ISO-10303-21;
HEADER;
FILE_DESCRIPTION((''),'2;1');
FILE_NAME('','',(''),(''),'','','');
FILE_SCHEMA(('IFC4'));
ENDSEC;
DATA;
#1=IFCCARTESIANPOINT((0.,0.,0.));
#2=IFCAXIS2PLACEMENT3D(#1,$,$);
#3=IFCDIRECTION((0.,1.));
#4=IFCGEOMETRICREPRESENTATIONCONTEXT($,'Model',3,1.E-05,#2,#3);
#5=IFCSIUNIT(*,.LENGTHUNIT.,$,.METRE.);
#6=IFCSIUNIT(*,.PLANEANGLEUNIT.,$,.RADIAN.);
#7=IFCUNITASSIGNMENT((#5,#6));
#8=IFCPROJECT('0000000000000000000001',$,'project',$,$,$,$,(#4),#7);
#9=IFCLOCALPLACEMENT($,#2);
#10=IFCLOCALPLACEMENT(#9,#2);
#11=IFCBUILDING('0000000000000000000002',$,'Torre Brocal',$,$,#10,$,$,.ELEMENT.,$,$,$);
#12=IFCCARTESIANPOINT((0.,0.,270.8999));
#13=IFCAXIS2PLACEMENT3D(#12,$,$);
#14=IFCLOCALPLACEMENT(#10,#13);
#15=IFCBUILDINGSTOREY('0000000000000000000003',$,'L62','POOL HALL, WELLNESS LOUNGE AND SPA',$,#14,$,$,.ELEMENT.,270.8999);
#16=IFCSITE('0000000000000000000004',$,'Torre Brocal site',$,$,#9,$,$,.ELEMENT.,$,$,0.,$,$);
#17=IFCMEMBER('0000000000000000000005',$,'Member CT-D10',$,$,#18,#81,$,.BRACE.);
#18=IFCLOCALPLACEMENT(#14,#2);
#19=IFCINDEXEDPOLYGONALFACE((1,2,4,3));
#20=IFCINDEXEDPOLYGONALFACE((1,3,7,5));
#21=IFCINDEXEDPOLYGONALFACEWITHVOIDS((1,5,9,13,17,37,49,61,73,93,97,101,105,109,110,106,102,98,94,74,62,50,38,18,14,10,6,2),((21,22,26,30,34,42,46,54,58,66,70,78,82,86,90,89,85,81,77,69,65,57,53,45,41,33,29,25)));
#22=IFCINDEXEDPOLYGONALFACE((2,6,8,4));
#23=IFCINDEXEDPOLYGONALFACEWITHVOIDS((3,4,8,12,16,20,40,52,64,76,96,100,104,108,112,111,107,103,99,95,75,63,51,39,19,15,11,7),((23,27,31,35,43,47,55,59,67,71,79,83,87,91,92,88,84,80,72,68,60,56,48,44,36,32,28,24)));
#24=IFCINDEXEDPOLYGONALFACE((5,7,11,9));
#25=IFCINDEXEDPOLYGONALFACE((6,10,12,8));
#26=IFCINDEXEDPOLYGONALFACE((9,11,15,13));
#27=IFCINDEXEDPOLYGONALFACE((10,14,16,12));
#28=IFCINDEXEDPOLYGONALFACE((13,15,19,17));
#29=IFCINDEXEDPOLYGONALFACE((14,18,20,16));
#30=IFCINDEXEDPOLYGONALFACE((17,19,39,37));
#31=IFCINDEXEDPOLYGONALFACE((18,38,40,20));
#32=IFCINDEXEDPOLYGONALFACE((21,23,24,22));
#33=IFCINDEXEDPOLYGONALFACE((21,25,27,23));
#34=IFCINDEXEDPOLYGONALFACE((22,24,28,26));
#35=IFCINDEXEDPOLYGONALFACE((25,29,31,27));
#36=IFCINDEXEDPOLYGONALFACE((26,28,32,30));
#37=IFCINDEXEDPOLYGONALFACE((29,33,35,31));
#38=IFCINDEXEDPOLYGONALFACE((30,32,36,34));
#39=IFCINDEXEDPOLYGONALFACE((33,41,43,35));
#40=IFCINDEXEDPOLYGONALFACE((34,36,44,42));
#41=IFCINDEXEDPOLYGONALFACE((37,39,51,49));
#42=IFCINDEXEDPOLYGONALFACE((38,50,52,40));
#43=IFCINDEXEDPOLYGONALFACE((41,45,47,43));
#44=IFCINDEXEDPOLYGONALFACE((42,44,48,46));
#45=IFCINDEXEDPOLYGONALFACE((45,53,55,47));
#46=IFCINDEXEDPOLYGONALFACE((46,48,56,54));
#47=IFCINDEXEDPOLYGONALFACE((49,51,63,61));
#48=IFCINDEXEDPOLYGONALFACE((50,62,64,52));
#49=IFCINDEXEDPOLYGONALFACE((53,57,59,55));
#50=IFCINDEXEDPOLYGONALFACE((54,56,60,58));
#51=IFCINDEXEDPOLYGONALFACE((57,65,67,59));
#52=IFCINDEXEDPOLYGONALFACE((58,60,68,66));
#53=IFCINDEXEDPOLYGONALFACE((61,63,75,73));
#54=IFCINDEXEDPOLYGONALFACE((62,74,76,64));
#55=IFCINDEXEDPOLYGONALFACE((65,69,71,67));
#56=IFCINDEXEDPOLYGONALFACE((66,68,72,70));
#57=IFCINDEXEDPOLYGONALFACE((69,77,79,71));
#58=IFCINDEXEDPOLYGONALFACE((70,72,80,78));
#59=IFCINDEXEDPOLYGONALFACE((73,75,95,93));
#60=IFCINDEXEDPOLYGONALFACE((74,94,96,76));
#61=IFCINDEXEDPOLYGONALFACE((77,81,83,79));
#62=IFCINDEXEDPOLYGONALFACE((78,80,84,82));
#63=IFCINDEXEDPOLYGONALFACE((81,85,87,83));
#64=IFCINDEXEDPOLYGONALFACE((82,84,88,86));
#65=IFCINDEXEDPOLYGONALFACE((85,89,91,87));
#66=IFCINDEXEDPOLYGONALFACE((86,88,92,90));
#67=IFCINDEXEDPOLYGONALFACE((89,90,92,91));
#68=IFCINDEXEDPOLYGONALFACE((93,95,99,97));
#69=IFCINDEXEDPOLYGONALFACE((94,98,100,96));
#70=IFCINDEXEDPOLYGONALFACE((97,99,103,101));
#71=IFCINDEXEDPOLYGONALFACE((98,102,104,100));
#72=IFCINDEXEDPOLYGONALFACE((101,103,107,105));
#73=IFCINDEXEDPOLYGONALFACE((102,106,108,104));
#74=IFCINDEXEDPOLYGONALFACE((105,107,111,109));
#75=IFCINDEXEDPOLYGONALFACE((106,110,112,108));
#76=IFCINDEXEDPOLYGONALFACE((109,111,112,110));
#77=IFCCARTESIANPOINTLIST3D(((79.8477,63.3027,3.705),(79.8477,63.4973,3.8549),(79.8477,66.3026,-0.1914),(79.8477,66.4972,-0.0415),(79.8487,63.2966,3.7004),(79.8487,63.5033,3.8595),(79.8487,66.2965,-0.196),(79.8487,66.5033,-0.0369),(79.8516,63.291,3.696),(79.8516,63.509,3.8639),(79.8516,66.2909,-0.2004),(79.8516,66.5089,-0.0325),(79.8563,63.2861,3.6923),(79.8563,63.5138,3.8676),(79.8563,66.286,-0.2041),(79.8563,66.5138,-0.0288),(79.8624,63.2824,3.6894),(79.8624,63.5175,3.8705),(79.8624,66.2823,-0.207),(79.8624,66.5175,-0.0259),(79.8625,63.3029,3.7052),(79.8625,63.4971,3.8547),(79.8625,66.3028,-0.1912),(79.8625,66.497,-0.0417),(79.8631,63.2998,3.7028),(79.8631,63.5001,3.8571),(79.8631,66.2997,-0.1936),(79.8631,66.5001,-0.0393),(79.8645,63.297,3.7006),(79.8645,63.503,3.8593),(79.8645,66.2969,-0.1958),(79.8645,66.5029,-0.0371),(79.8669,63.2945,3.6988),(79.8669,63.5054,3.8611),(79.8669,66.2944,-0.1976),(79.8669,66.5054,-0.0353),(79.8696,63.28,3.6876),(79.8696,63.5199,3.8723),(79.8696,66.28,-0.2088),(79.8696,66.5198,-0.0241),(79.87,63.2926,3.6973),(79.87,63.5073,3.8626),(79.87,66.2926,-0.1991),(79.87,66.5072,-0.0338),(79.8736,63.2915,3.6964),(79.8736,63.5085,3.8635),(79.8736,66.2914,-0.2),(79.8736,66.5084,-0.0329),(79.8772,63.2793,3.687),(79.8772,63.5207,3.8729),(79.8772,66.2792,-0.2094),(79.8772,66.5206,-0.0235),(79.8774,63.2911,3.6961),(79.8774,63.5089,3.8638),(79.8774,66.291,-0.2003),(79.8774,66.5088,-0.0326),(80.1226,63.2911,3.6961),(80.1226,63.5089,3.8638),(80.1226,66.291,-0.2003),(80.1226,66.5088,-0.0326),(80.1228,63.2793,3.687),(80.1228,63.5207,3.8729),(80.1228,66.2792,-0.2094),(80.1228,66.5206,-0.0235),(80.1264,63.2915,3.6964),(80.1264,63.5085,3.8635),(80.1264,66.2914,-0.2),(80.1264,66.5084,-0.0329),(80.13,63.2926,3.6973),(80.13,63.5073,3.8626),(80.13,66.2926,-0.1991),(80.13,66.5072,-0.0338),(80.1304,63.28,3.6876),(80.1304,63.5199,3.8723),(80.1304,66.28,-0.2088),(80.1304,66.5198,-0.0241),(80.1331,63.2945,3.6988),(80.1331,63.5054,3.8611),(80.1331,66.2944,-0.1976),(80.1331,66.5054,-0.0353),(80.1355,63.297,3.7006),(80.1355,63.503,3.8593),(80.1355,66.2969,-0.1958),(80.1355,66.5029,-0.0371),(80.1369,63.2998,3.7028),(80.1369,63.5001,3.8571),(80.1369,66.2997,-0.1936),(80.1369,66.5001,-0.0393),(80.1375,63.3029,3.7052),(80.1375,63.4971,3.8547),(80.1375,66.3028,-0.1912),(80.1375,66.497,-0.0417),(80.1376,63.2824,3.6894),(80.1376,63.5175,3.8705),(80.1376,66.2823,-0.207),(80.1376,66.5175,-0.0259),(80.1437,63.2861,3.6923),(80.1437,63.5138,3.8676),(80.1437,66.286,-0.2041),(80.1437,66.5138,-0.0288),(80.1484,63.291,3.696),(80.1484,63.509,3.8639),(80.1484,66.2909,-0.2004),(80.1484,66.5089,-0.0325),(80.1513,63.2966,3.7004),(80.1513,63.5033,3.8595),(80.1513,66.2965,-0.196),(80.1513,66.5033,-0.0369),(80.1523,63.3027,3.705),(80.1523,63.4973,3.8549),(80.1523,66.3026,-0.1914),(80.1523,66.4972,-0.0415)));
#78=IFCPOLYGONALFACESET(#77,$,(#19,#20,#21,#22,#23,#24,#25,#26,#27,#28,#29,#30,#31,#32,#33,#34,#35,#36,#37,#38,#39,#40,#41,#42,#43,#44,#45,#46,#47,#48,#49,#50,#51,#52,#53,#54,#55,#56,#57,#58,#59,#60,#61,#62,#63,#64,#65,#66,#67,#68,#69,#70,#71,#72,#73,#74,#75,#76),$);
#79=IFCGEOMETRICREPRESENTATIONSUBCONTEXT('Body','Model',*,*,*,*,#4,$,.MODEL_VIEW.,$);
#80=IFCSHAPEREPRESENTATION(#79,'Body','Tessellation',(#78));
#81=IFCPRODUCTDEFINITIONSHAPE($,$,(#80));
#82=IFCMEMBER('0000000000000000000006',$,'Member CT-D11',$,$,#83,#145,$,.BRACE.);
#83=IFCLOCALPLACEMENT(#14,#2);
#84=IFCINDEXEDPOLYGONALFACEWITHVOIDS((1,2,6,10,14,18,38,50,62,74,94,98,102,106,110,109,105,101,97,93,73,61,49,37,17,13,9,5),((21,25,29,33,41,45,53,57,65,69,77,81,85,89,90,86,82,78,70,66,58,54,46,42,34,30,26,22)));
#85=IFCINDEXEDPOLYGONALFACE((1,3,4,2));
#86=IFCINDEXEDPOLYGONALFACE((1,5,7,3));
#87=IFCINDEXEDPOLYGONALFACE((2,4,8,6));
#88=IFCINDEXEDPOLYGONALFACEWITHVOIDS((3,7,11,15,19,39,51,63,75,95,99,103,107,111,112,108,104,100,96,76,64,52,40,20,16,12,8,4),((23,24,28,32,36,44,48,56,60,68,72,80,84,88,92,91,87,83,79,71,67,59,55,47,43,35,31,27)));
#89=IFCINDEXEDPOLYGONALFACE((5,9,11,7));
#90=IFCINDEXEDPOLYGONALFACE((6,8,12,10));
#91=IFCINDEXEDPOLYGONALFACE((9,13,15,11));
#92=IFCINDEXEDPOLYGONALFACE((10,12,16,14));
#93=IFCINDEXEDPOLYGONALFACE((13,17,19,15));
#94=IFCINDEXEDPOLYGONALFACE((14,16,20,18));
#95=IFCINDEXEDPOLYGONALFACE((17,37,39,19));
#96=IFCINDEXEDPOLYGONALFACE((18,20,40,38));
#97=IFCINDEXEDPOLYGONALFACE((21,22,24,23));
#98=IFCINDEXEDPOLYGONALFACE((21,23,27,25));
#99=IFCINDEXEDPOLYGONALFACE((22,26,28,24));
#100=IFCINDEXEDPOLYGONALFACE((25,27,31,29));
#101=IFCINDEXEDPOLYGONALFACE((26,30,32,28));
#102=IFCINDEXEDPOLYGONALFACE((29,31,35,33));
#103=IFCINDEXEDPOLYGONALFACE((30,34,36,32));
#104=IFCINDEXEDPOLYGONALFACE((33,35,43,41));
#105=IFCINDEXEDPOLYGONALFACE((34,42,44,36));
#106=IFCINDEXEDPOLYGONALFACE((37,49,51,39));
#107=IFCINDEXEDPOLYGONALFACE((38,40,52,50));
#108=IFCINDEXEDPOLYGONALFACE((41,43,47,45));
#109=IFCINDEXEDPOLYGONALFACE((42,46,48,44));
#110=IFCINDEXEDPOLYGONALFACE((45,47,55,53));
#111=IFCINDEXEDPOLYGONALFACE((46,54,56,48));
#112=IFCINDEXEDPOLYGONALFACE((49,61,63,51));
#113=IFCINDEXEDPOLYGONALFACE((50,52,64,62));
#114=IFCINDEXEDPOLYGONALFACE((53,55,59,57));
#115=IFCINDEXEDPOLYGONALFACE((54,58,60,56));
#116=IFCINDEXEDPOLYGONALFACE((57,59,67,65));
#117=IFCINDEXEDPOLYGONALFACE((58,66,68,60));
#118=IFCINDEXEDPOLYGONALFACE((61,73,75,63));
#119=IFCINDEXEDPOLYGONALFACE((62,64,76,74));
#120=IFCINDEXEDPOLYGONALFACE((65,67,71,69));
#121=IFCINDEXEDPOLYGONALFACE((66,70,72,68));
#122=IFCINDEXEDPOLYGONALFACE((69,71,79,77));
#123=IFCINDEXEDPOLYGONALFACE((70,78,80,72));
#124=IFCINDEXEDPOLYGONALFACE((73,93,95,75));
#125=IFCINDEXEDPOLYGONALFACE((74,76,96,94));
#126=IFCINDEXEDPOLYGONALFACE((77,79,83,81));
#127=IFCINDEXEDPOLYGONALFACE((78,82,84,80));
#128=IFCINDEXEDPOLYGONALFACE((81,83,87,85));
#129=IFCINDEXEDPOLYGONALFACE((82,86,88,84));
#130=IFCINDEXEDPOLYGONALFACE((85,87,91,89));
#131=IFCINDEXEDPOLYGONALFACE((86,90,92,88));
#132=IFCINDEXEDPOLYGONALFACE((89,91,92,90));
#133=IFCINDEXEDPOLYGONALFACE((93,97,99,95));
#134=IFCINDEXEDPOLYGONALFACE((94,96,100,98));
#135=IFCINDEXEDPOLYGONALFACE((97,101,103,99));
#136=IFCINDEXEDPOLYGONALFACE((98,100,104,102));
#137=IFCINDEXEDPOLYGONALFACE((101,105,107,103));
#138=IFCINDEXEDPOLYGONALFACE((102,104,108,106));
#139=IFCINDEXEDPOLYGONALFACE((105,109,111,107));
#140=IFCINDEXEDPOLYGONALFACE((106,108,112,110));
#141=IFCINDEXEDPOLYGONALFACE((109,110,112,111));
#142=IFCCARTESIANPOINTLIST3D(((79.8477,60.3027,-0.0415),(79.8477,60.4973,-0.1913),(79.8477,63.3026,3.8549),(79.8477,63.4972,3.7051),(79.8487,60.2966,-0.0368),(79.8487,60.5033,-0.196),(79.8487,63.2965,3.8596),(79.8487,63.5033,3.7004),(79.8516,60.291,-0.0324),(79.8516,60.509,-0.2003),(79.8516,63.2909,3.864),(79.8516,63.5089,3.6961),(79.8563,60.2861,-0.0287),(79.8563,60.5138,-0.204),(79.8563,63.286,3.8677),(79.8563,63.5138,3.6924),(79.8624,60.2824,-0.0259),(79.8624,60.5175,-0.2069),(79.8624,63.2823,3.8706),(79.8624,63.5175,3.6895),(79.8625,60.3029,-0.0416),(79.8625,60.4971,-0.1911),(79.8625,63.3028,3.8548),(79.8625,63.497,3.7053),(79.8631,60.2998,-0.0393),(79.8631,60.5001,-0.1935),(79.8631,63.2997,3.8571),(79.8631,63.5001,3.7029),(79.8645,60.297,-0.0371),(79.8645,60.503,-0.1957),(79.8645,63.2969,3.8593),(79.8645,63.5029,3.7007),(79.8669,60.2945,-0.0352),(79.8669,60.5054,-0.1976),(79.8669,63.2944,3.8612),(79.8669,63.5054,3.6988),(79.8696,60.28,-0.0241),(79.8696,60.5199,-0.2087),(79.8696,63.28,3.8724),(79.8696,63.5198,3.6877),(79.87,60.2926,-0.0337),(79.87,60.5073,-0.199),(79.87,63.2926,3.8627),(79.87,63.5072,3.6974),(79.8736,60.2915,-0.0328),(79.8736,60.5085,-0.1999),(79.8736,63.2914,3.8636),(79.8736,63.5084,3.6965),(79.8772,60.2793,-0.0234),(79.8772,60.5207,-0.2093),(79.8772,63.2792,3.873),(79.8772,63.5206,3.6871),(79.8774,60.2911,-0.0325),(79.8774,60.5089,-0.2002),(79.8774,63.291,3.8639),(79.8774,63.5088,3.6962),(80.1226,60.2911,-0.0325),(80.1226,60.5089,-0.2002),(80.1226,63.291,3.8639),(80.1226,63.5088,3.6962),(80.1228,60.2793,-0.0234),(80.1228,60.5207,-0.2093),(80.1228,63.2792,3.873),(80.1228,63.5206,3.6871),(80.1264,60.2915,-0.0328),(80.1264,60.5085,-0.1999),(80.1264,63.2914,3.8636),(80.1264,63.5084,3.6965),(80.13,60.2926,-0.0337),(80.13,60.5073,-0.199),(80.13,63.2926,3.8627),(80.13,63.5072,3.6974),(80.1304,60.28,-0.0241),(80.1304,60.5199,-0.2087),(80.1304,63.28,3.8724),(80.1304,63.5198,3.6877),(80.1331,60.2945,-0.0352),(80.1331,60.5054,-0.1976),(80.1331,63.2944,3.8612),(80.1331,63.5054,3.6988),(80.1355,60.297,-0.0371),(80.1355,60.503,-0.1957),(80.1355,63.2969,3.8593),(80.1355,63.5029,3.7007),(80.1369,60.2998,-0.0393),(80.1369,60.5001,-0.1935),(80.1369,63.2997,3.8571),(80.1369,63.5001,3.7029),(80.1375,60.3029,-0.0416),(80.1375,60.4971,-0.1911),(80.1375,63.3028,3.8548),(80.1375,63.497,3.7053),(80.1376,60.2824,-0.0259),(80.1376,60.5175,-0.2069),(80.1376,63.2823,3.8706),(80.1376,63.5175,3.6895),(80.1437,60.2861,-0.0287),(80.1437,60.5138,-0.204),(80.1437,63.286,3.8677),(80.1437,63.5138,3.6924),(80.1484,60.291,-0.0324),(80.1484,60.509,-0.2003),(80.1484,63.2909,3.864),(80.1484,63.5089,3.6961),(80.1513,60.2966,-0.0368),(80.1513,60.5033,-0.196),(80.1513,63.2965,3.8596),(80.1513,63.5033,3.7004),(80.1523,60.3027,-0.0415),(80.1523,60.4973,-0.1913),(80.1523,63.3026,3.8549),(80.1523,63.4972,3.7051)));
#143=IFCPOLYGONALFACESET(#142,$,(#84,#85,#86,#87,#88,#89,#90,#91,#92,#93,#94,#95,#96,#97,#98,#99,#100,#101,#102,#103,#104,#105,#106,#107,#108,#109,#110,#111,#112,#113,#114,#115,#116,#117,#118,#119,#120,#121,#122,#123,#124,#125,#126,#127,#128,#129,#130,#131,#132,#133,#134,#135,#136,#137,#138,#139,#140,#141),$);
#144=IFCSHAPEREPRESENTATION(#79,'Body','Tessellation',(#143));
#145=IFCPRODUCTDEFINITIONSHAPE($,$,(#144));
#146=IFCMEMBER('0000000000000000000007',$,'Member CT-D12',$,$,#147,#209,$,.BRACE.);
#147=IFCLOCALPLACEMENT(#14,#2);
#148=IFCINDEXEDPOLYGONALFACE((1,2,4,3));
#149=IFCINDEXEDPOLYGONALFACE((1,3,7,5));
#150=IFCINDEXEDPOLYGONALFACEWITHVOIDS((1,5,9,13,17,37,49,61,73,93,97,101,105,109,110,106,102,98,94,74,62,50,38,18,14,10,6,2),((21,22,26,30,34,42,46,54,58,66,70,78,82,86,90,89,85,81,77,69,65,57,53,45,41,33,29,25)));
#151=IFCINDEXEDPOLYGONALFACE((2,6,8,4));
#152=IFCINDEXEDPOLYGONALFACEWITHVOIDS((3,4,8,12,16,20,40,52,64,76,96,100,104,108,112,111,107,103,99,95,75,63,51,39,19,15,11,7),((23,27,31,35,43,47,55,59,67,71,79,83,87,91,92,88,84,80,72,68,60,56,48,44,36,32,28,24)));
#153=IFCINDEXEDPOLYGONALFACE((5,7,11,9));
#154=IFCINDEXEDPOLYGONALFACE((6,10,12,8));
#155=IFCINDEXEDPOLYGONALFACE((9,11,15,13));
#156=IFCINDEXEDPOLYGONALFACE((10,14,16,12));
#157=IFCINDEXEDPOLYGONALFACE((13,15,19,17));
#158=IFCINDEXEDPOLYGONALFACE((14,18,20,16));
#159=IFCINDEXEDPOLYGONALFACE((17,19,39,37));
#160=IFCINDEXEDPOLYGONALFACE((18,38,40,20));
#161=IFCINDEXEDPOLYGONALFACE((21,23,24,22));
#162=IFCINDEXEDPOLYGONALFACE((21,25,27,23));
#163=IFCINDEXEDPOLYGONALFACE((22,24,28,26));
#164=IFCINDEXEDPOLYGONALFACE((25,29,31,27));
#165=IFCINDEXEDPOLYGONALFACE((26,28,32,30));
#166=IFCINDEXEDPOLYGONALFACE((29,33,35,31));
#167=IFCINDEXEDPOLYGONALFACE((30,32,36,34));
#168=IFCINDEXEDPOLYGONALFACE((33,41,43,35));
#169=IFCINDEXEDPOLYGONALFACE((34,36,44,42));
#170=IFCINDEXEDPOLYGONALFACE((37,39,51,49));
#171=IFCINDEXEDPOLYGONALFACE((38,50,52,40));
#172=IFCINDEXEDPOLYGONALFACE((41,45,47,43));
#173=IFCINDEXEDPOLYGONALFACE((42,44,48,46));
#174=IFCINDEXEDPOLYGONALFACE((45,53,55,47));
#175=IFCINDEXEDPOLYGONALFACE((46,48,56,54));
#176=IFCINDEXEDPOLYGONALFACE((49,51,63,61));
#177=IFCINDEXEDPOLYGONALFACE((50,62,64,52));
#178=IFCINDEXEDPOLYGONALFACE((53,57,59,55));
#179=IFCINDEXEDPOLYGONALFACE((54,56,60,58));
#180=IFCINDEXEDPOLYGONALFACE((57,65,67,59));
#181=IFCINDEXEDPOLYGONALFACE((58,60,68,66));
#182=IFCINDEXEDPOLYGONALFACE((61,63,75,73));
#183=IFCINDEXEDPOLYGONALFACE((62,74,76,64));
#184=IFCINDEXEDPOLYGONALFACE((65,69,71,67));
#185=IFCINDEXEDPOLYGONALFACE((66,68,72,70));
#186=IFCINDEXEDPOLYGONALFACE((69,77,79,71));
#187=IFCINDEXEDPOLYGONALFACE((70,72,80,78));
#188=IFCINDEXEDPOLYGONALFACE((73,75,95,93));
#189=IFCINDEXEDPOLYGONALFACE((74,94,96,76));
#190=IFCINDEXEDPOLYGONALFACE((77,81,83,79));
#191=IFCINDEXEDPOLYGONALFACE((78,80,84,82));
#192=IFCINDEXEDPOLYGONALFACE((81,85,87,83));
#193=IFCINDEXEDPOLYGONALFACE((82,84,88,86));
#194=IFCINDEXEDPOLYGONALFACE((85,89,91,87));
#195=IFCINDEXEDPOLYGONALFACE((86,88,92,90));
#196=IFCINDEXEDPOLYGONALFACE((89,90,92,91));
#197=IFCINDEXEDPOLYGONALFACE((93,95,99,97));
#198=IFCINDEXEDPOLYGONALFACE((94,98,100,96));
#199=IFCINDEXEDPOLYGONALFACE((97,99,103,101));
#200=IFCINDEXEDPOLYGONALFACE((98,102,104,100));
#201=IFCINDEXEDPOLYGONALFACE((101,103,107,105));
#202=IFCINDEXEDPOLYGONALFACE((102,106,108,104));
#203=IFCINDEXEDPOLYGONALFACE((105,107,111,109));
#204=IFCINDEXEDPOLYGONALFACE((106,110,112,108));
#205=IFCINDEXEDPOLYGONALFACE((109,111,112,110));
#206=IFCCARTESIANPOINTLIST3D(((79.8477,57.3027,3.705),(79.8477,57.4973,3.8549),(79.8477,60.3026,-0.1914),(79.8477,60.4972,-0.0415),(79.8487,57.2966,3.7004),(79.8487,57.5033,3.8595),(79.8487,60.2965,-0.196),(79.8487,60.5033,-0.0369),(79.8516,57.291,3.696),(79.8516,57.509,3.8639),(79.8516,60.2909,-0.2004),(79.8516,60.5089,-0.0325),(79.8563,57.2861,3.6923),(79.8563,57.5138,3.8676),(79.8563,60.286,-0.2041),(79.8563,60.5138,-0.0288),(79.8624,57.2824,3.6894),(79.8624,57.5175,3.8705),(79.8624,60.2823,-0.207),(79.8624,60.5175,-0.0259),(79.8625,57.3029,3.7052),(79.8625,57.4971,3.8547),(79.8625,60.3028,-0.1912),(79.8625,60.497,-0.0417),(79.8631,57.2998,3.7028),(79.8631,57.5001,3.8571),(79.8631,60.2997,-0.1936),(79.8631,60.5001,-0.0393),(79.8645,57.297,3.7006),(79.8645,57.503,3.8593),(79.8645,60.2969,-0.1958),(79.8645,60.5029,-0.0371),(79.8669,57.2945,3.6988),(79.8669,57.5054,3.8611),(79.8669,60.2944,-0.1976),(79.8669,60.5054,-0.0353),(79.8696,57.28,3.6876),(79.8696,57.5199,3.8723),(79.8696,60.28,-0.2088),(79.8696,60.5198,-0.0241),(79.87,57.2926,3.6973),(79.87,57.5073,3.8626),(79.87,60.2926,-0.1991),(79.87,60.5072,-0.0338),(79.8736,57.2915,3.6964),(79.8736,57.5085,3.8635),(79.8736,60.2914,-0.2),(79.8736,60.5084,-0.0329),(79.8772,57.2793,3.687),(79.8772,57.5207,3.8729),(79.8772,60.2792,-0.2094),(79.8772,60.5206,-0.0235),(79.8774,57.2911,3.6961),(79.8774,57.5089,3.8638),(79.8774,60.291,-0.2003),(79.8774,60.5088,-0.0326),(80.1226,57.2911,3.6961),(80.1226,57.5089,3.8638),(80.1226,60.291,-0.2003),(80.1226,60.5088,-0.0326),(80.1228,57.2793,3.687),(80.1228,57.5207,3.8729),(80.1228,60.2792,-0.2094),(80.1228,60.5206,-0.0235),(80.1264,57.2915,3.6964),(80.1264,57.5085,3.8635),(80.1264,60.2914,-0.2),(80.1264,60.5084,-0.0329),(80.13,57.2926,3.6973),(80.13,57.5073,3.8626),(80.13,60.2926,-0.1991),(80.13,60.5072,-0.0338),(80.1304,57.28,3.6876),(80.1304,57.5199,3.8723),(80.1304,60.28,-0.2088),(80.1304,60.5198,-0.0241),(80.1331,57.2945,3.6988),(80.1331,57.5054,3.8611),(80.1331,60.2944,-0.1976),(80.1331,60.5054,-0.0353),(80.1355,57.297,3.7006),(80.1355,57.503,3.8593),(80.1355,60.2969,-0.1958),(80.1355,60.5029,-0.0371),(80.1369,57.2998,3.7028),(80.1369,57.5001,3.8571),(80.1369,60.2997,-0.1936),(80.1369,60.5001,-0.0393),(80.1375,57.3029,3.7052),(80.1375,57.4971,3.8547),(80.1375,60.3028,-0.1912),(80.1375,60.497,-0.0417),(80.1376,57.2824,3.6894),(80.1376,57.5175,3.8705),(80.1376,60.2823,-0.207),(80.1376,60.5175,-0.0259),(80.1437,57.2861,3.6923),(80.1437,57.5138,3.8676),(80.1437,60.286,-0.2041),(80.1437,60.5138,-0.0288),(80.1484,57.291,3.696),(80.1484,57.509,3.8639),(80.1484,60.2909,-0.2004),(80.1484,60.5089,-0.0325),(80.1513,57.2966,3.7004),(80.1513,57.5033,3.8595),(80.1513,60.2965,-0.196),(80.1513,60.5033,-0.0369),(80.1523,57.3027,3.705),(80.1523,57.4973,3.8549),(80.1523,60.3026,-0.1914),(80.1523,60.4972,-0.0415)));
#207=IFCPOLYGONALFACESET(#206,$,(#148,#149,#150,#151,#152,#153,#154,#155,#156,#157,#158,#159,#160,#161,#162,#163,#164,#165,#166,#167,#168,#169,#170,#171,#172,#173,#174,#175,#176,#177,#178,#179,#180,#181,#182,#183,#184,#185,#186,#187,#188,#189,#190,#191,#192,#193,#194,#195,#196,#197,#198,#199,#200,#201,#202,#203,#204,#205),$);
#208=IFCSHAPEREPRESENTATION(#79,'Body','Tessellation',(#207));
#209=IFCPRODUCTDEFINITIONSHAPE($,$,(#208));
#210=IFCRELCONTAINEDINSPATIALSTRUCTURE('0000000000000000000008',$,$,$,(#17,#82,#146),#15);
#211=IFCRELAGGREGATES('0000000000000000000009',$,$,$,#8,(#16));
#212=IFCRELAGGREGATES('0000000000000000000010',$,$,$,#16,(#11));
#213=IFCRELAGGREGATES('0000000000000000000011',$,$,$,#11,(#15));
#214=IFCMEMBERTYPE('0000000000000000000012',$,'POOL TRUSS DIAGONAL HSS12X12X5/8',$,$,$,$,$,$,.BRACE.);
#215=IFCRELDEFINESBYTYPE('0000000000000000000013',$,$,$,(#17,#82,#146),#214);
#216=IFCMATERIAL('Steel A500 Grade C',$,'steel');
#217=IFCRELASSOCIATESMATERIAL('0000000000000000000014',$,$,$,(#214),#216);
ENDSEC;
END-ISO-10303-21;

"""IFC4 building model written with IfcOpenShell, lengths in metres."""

from ifc_helpers import new_model, si_unit, direction, frame, origin, origin_2d, place, context, subcontext, project, spatial, hollow_rectangle, extrude, material, material_profile, profile_set, type_object, element, save


model = new_model("IFC4")

# Units and contexts
model_context = context("Model", 3, precision=1e-05, world=origin(), true_north=direction((0.0, 1.0)))
body_context = subcontext(model_context, "Body", "Model", "MODEL_VIEW")
ifc_project = project(units=[si_unit("LENGTHUNIT", "METRE"), si_unit("PLANEANGLEUNIT", "RADIAN")], contexts=[model_context])

# Site, building, storey
site_placement = place(None, origin())
site = spatial("IfcSite", under=ifc_project, at=site_placement, Name="Torre Brocal site", CompositionType="ELEMENT", RefElevation=0.0)
building_placement = place(site_placement, origin())
building = spatial("IfcBuilding", under=site, at=building_placement, Name="Torre Brocal", CompositionType="ELEMENT")
storey_placement = place(building_placement, frame((0.0, 0.0, 270.8999)))
storey = spatial("IfcBuildingStorey", under=building, at=storey_placement, Name="L62", Description="POOL HALL, WELLNESS LOUNGE AND SPA", CompositionType="ELEMENT", Elevation=270.8999)

# Members
ifc_material_1 = material(Name="Steel A500 Grade C", Category="steel")
ifc_material_profile_1 = material_profile(ifc_material_1, hollow_rectangle(XDim=0.3047, YDim=0.3047, WallThickness=0.0149, InnerFilletRadius=0.0149, OuterFilletRadius=0.0295, at=origin_2d()), Name="HSS12X12X5/8")
ifc_profile_set_1 = profile_set([ifc_material_profile_1], Name="Steel A500 Grade C")
member_type_1 = type_object("IfcMemberType", Name="POOL TRUSS DIAGONAL HSS12X12X5/8", PredefinedType="BRACE", material=ifc_profile_set_1)
for number, where, z_axis, x_axis, name in (
    (1, (80.0, 66.3999, -0.1165), (0.0, -0.610056, 0.792358), (1.0, 0.0, 0.0), "Member CT-D10"),
    (2, (80.0, 63.3999, 3.78), (0.0, -0.610056, -0.792358), (1.0, 0.0, 0.0), "Member CT-D11"),
    (3, (80.0, 60.3999, -0.1165), (0.0, -0.610056, 0.792358), (1.0, 0.0, 0.0), "Member CT-D12"),
):
    element("IfcMember", number, at=place(storey_placement, frame(where, z_axis=z_axis, x_axis=x_axis)), inside=storey, type_object=member_type_1, Name=name, PredefinedType="BRACE", context=body_context, shape_type="SweptSolid", body=[
        extrude(hollow_rectangle(XDim=0.3047, YDim=0.3047, WallThickness=0.0149, InnerFilletRadius=0.0149, OuterFilletRadius=0.0295, at=origin_2d()), origin(), (0.0, 0.0, 1.0), 4.9175),
    ])

save(model, "model.ifc")
